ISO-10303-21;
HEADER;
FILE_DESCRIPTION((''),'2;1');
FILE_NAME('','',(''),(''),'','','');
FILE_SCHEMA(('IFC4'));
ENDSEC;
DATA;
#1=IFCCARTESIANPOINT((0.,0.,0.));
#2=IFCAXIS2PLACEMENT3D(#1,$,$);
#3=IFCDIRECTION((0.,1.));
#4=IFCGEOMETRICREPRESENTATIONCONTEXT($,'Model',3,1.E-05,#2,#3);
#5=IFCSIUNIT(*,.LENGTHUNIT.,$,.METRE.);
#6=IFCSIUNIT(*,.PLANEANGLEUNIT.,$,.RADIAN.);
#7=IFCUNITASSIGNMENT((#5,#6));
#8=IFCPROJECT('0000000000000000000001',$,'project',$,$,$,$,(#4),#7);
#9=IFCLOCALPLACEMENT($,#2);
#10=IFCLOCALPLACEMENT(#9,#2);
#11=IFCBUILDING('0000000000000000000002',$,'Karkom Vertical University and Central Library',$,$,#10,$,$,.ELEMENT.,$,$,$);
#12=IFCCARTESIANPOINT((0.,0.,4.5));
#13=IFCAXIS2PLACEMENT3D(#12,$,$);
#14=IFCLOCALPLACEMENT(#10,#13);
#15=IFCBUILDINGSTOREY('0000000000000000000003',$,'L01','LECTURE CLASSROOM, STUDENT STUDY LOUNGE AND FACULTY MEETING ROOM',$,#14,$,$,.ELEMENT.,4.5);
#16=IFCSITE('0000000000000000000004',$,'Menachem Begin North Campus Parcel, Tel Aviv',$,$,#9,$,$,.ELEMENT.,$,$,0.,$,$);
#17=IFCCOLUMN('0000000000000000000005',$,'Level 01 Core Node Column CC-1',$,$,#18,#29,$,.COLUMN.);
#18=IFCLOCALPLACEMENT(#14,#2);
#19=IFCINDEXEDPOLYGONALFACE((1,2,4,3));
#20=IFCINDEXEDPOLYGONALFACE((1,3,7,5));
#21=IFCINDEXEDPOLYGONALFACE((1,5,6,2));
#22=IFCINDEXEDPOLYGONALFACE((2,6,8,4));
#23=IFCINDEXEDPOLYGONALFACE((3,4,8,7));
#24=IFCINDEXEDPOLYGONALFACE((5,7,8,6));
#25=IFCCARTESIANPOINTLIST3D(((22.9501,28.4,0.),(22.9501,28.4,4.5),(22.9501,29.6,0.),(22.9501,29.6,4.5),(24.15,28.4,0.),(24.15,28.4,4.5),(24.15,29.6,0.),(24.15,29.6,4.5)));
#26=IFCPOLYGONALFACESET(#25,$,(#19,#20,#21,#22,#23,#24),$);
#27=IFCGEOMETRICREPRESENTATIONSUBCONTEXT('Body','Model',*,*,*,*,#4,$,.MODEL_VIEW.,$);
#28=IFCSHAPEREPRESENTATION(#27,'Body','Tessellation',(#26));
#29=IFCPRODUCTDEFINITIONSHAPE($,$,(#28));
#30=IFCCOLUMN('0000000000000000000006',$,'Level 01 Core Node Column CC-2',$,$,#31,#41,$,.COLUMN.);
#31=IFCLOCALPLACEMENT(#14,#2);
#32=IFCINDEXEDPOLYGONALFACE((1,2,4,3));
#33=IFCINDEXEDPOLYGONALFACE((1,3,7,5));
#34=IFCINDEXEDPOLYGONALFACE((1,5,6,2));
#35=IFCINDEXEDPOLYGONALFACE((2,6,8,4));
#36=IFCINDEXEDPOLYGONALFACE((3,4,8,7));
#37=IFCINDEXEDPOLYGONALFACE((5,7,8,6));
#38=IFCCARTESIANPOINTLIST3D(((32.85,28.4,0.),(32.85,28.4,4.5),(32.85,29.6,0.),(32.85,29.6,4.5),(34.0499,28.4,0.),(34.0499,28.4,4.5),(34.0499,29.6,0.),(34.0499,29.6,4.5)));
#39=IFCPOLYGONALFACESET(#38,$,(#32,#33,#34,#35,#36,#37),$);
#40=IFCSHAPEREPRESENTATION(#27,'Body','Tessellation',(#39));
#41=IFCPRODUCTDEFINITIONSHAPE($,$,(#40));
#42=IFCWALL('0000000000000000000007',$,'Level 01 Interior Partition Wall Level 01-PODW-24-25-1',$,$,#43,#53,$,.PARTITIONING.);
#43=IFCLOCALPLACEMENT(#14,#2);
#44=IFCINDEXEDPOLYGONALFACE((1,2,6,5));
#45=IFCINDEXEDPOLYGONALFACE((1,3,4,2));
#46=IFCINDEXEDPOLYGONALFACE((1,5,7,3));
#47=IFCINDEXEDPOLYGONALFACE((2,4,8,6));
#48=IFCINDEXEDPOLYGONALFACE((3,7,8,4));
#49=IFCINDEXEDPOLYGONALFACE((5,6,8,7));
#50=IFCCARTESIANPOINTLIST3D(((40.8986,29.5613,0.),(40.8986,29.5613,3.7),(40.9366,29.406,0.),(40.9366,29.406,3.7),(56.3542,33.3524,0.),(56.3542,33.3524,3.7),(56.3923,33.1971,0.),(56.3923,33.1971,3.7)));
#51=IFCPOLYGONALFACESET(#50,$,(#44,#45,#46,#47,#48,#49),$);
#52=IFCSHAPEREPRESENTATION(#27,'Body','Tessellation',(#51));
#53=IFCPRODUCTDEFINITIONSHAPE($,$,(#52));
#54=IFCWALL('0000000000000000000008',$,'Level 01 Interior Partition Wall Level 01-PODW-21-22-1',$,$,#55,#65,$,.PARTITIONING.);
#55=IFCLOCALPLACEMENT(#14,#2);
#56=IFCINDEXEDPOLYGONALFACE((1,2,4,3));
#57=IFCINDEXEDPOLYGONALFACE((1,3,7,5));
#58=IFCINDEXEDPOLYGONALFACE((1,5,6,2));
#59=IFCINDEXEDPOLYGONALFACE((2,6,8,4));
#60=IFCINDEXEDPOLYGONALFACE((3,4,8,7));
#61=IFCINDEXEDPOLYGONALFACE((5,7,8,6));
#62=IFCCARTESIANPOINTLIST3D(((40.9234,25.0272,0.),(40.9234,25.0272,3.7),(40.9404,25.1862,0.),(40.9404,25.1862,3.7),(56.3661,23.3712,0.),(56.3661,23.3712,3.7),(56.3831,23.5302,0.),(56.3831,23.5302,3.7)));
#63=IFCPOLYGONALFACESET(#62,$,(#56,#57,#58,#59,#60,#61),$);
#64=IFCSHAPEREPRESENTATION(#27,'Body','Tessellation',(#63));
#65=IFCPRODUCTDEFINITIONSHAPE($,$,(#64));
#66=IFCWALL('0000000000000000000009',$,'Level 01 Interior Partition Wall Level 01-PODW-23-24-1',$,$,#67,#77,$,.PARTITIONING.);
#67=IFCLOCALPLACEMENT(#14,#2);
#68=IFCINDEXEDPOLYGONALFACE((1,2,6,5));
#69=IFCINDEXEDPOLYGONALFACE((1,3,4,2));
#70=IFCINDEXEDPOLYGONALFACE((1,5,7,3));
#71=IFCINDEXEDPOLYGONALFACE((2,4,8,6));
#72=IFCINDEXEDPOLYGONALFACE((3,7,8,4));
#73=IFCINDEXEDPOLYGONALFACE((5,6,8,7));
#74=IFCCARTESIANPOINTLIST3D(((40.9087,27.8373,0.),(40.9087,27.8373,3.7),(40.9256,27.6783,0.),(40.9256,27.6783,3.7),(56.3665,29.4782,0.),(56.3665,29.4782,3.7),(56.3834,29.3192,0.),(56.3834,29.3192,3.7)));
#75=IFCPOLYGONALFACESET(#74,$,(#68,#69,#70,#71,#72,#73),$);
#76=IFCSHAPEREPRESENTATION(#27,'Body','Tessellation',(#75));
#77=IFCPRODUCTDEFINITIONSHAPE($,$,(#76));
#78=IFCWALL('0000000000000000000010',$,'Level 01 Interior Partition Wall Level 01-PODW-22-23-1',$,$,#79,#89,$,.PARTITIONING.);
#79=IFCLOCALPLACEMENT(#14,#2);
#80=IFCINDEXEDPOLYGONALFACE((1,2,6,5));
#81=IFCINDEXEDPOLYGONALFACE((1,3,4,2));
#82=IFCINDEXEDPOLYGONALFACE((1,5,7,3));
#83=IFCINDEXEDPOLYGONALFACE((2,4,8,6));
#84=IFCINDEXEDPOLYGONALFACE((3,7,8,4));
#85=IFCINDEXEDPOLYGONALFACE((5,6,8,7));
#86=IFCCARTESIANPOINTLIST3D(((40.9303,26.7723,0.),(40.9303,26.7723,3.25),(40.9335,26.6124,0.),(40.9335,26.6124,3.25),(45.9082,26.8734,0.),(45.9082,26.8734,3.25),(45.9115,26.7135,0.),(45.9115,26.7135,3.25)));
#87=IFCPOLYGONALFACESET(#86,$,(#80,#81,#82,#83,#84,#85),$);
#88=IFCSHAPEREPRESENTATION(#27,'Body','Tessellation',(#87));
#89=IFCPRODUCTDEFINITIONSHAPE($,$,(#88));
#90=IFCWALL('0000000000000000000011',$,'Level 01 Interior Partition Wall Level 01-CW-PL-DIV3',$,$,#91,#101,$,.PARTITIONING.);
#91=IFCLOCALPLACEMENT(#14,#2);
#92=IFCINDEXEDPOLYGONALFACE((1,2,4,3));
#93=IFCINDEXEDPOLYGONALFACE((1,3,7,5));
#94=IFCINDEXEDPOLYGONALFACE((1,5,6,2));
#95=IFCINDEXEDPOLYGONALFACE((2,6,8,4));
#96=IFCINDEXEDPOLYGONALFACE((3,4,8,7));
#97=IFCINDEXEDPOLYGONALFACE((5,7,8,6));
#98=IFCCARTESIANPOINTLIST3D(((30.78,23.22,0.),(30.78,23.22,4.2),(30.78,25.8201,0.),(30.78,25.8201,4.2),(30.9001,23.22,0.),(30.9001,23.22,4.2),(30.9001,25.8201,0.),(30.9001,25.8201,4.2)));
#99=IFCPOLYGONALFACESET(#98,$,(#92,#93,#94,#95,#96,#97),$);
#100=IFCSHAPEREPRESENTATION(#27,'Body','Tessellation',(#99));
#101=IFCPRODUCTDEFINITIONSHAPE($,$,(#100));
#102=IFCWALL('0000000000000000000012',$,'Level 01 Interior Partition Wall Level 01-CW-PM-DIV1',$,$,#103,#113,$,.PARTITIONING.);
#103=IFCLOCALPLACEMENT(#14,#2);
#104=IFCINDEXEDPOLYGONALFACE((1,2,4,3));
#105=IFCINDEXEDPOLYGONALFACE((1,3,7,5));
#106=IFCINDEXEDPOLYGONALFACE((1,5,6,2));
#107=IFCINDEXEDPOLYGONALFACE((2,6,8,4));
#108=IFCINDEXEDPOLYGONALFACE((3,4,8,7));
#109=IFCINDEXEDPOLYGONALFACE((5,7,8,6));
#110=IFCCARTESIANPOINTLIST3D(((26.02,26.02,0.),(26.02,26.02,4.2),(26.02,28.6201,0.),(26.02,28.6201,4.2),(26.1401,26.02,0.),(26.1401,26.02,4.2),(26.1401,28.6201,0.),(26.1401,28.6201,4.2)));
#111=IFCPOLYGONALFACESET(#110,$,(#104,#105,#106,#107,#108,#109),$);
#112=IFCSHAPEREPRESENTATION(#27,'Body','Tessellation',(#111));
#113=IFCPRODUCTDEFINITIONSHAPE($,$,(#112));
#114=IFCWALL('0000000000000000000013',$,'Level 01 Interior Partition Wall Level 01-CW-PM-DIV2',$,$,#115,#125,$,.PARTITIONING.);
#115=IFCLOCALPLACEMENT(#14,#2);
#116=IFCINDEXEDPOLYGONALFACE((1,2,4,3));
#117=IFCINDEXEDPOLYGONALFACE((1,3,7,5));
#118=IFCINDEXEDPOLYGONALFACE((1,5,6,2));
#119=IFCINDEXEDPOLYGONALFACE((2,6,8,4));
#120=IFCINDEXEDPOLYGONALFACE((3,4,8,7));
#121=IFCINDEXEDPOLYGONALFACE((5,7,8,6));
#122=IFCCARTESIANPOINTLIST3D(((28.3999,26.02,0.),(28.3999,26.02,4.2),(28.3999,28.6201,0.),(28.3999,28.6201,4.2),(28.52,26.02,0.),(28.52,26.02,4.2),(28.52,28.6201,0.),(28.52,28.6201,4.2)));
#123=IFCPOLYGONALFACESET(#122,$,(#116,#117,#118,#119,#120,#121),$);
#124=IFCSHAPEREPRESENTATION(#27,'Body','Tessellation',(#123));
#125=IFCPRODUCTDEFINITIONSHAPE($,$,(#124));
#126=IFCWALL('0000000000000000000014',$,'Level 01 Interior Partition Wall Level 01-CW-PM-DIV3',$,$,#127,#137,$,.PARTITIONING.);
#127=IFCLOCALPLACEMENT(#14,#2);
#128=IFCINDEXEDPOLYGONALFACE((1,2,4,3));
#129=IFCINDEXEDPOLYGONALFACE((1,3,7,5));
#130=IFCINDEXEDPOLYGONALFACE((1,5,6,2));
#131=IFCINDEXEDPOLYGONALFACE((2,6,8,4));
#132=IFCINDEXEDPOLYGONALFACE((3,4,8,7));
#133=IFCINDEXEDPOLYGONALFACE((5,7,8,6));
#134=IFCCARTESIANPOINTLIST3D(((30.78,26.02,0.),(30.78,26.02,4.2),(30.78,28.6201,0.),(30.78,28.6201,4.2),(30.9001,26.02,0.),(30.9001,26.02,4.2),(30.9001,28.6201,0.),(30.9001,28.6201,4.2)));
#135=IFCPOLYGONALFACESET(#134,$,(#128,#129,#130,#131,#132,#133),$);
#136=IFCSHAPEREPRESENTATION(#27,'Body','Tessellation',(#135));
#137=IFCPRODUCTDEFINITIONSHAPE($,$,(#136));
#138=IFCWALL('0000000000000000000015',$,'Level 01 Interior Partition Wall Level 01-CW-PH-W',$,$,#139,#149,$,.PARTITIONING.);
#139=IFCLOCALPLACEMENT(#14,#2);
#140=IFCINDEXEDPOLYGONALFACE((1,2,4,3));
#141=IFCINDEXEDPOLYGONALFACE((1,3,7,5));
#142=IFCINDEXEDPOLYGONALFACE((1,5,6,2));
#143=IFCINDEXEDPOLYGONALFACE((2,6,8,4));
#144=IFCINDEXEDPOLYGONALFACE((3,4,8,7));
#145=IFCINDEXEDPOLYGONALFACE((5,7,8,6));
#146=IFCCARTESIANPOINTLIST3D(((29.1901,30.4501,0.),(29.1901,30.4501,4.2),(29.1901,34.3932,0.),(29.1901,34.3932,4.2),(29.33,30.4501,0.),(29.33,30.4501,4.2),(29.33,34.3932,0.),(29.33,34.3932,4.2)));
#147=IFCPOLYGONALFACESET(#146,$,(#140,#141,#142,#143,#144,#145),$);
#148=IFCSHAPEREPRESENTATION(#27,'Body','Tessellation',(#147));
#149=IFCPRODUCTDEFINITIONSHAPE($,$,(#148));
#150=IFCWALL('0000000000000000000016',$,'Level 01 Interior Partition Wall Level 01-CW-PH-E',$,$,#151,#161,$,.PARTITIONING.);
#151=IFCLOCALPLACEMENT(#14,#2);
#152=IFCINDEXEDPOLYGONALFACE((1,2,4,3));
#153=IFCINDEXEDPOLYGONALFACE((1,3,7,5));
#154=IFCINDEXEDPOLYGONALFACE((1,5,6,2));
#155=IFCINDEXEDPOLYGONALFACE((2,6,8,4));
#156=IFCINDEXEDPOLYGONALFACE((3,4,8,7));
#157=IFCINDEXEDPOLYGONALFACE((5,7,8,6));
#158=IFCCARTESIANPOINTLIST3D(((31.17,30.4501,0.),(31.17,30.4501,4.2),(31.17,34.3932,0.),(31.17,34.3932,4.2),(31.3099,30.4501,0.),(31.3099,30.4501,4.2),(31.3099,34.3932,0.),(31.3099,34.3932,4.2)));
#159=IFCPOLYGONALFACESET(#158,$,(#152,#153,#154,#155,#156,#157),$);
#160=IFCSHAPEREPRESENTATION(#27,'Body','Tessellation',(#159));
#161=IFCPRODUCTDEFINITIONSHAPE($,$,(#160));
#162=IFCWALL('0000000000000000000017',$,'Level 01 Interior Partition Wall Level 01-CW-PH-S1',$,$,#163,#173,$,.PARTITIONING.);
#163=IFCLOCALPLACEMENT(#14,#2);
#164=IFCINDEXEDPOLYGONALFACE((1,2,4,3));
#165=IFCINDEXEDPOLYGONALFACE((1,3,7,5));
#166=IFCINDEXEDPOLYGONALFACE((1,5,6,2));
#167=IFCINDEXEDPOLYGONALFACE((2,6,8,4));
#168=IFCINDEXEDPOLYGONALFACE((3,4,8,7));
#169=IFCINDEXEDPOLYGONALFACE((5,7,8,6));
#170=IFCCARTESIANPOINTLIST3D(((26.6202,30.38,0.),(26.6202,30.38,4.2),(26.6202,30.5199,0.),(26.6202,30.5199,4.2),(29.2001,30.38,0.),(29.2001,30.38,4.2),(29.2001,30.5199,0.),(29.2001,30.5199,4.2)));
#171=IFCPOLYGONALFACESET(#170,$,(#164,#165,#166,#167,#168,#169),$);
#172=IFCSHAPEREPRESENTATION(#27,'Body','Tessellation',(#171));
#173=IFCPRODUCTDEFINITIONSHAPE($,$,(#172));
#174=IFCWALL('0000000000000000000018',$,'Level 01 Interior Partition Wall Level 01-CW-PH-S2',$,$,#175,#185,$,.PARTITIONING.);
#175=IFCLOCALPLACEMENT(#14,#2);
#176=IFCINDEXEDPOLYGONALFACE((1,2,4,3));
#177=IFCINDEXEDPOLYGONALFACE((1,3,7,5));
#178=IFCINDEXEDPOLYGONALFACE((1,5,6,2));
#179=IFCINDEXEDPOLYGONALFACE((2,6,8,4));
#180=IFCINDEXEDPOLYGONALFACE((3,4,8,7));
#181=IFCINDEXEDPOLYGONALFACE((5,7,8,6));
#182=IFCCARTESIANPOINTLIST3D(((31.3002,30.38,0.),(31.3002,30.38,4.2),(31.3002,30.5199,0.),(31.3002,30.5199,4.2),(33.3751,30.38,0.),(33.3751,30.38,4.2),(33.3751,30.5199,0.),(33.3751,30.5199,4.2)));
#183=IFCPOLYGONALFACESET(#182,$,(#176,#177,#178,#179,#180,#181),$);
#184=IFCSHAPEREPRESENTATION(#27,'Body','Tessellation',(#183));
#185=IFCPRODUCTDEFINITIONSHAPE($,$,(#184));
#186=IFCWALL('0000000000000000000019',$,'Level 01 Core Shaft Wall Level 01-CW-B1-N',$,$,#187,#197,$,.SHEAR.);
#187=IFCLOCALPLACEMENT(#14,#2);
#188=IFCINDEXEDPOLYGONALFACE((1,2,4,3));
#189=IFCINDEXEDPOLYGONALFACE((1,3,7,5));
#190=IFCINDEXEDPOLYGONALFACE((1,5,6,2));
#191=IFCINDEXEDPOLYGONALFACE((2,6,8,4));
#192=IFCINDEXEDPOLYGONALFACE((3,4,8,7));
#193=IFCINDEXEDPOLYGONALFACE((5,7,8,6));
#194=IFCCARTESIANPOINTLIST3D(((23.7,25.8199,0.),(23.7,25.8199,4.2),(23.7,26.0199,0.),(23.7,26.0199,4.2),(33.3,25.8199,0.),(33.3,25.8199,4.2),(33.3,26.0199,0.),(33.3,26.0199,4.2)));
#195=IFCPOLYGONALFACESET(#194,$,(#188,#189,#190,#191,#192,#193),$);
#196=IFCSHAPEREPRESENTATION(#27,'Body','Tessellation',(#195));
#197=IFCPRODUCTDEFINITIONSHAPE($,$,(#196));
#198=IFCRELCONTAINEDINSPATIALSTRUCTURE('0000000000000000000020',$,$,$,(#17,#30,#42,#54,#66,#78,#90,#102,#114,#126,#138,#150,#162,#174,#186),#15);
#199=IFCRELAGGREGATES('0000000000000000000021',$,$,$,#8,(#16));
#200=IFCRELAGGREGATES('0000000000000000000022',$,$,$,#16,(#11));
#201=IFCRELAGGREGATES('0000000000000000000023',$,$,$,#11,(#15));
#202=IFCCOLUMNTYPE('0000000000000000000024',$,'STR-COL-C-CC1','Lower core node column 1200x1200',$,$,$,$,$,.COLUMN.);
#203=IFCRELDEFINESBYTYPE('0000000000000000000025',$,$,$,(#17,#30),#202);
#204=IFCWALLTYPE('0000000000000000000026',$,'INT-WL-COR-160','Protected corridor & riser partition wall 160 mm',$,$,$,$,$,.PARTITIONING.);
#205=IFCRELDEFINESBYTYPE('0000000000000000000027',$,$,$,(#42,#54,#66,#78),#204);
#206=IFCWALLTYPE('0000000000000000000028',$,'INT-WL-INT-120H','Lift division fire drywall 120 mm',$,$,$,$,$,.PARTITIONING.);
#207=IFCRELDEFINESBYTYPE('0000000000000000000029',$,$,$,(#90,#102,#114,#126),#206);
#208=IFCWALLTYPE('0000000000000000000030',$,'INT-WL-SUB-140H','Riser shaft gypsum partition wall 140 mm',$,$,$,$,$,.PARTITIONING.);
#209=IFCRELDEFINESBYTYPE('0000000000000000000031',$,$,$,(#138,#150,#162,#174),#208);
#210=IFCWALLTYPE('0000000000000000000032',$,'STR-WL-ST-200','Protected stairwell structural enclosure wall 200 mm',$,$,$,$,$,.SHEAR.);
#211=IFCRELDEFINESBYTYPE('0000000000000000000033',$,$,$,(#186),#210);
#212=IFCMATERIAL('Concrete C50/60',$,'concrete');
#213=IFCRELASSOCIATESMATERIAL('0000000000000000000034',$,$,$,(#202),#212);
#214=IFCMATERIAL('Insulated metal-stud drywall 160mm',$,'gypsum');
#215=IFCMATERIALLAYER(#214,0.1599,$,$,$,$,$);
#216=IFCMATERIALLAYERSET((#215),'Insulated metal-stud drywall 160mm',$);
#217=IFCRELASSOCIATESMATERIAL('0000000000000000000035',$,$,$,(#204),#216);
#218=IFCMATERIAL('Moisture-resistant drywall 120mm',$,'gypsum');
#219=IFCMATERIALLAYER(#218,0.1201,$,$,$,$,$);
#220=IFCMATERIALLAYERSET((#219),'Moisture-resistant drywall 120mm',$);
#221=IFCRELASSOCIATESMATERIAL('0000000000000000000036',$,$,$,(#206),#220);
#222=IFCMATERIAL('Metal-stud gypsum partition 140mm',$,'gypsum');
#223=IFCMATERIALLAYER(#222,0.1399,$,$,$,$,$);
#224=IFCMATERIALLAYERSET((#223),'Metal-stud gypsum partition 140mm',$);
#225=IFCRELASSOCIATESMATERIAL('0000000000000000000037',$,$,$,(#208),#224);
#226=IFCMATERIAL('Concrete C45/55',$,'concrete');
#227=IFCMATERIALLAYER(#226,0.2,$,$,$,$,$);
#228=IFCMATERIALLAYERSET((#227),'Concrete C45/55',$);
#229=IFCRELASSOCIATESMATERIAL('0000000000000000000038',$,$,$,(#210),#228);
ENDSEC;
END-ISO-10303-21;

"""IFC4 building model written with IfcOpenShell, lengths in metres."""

from ifc_helpers import new_model, si_unit, direction, frame, frame_2d, origin, origin_with_axes, origin_2d, place, context, subcontext, project, spatial, rectangle, extrude, source, transform, mapped, material, layer, layer_set, material_profile, profile_set, type_object, element, save


model = new_model("IFC4")

# Units and contexts
model_context = context("Model", 3, precision=1e-05, world=origin(), true_north=direction((0.0, 1.0)))
body_context = subcontext(model_context, "Body", "Model", "MODEL_VIEW")
ifc_project = project(units=[si_unit("LENGTHUNIT", "METRE"), si_unit("PLANEANGLEUNIT", "RADIAN")], contexts=[model_context])

# Site, building, storey
site_placement = place(None, origin())
site = spatial("IfcSite", under=ifc_project, at=site_placement, Name="Menachem Begin North Campus Parcel, Tel Aviv", CompositionType="ELEMENT", RefElevation=0.0)
building_placement = place(site_placement, origin())
building = spatial("IfcBuilding", under=site, at=building_placement, Name="Karkom Vertical University and Central Library", CompositionType="ELEMENT")
storey_placement = place(building_placement, frame((0.0, 0.0, 4.5)))
storey = spatial("IfcBuildingStorey", under=building, at=storey_placement, Name="L01", Description="LECTURE CLASSROOM, STUDENT STUDY LOUNGE AND FACULTY MEETING ROOM", CompositionType="ELEMENT", Elevation=4.5)

# Columns
ifc_material_1 = material(Name="Concrete C50/60", Category="concrete")
ifc_material_profile = material_profile(ifc_material_1, rectangle(XDim=1.2, YDim=1.2, at=origin_2d()), Name="RC-1200x1200")
ifc_profile_set = profile_set([ifc_material_profile], Name="Concrete C50/60")
column_type = type_object("IfcColumnType", Name="STR-COL-C-CC1", Description="Lower core node column 1200x1200", PredefinedType="COLUMN", material=ifc_profile_set)
shared_shape = source(origin_with_axes(), body_context, "Body", "SweptSolid", [
    extrude(rectangle(XDim=1.2, YDim=1.2, at=origin_2d()), origin(), (0.0, 0.0, 1.0), 4.5),
])
for number, where, z_axis, x_axis, name in (
    (1, (23.55, 29.0, 0.0), (0.0, 0.0, 1.0), (1.0, 0.0, 0.0), "Level 01 Core Node Column CC-1"),
    (2, (33.45, 29.0, 0.0), (0.0, 0.0, 1.0), (1.0, 0.0, 0.0), "Level 01 Core Node Column CC-2"),
):
    element("IfcColumn", number, at=place(storey_placement, frame(where, z_axis=z_axis, x_axis=x_axis)), inside=storey, type_object=column_type, Name=name, PredefinedType="COLUMN", context=body_context, shape_type="MappedRepresentation", body=[
        mapped(shared_shape, transform((0.0, 0.0, 0.0), scale=1.0)),
    ])

# Walls
ifc_material_2 = material(Name="Insulated metal-stud drywall 160mm", Category="gypsum")
ifc_layer_1 = layer(ifc_material_2, 0.1599)
ifc_layer_set_1 = layer_set([ifc_layer_1], Name="Insulated metal-stud drywall 160mm")
wall_type_1 = type_object("IfcWallType", Name="INT-WL-COR-160", Description="Protected corridor & riser partition wall 160 mm", PredefinedType="PARTITIONING", material=ifc_layer_set_1)
wall_1_placement = place(storey_placement, frame((40.9175, 29.4836, 0.0), z_axis=(0.0, 0.0, 1.0), x_axis=(0.97121, 0.238223, 0.0)))
element("IfcWall", 3, at=wall_1_placement, inside=storey, type_object=wall_type_1, Name="Level 01 Interior Partition Wall Level 01-PODW-24-25-1", PredefinedType="PARTITIONING", context=body_context, shape_type="SweptSolid", body=[
    extrude(rectangle(XDim=15.9138, YDim=0.1599, at=frame_2d((7.957, 0.0))), origin(), (0.0, 0.0, 1.0), 3.7),
])
wall_2_placement = place(storey_placement, frame((40.9319, 25.1067, 0.0), z_axis=(0.0, 0.0, 1.0), x_axis=(0.994299, -0.106625, 0.0)))
element("IfcWall", 4, at=wall_2_placement, inside=storey, type_object=wall_type_1, Name="Level 01 Interior Partition Wall Level 01-PODW-21-22-1", PredefinedType="PARTITIONING", context=body_context, shape_type="SweptSolid", body=[
    extrude(rectangle(XDim=15.5312, YDim=0.1599, at=frame_2d((7.7656, 0.0))), origin(), (0.0, 0.0, 1.0), 3.7),
])
wall_3_placement = place(storey_placement, frame((40.917, 27.7578, 0.0), z_axis=(0.0, 0.0, 1.0), x_axis=(0.994413, 0.105559, 0.0)))
element("IfcWall", 5, at=wall_3_placement, inside=storey, type_object=wall_type_1, Name="Level 01 Interior Partition Wall Level 01-PODW-23-24-1", PredefinedType="PARTITIONING", context=body_context, shape_type="SweptSolid", body=[
    extrude(rectangle(XDim=15.5447, YDim=0.1599, at=frame_2d((7.7725, 0.0))), origin(), (0.0, 0.0, 1.0), 3.7),
])
wall_4_placement = place(storey_placement, frame((40.9319, 26.6924, 0.0), z_axis=(0.0, 0.0, 1.0), x_axis=(0.999794, 0.0203, 0.0)))
element("IfcWall", 6, at=wall_4_placement, inside=storey, type_object=wall_type_1, Name="Level 01 Interior Partition Wall Level 01-PODW-22-23-1", PredefinedType="PARTITIONING", context=body_context, shape_type="SweptSolid", body=[
    extrude(rectangle(XDim=4.979, YDim=0.1599, at=frame_2d((2.4895, 0.0))), origin(), (0.0, 0.0, 1.0), 3.25),
])
ifc_material_3 = material(Name="Moisture-resistant drywall 120mm", Category="gypsum")
ifc_layer_2 = layer(ifc_material_3, 0.1201)
ifc_layer_set_2 = layer_set([ifc_layer_2], Name="Moisture-resistant drywall 120mm")
wall_type_2 = type_object("IfcWallType", Name="INT-WL-INT-120H", Description="Lift division fire drywall 120 mm", PredefinedType="PARTITIONING", material=ifc_layer_set_2)
for number, where, z_axis, x_axis, name in (
    (7, (30.8401, 23.22, 0.0), (0.0, 0.0, 1.0), (0.0, 1.0, 0.0), "Level 01 Interior Partition Wall Level 01-CW-PL-DIV3"),
    (8, (26.0801, 26.02, 0.0), (0.0, 0.0, 1.0), (0.0, 1.0, 0.0), "Level 01 Interior Partition Wall Level 01-CW-PM-DIV1"),
    (9, (28.46, 26.02, 0.0), (0.0, 0.0, 1.0), (0.0, 1.0, 0.0), "Level 01 Interior Partition Wall Level 01-CW-PM-DIV2"),
    (10, (30.8401, 26.02, 0.0), (0.0, 0.0, 1.0), (0.0, 1.0, 0.0), "Level 01 Interior Partition Wall Level 01-CW-PM-DIV3"),
):
    element("IfcWall", number, at=place(storey_placement, frame(where, z_axis=z_axis, x_axis=x_axis)), inside=storey, type_object=wall_type_2, Name=name, PredefinedType="PARTITIONING", context=body_context, shape_type="SweptSolid", body=[
        extrude(rectangle(XDim=2.6001, YDim=0.1201, at=frame_2d((1.3, 0.0))), origin(), (0.0, 0.0, 1.0), 4.2),
    ])
ifc_material_4 = material(Name="Metal-stud gypsum partition 140mm", Category="gypsum")
ifc_layer_3 = layer(ifc_material_4, 0.1399)
ifc_layer_set_3 = layer_set([ifc_layer_3], Name="Metal-stud gypsum partition 140mm")
wall_type_3 = type_object("IfcWallType", Name="INT-WL-SUB-140H", Description="Riser shaft gypsum partition wall 140 mm", PredefinedType="PARTITIONING", material=ifc_layer_set_3)
for number, where, z_axis, x_axis, name in (
    (11, (29.26, 30.45, 0.0), (0.0, 0.0, 1.0), (0.0, 1.0, 0.0), "Level 01 Interior Partition Wall Level 01-CW-PH-W"),
    (12, (31.24, 30.45, 0.0), (0.0, 0.0, 1.0), (0.0, 1.0, 0.0), "Level 01 Interior Partition Wall Level 01-CW-PH-E"),
):
    element("IfcWall", number, at=place(storey_placement, frame(where, z_axis=z_axis, x_axis=x_axis)), inside=storey, type_object=wall_type_3, Name=name, PredefinedType="PARTITIONING", context=body_context, shape_type="SweptSolid", body=[
        extrude(rectangle(XDim=3.9431, YDim=0.1399, at=frame_2d((1.9717, 0.0))), origin(), (0.0, 0.0, 1.0), 4.2),
    ])
wall_5_placement = place(storey_placement, frame((26.6201, 30.45, 0.0), z_axis=(0.0, 0.0, 1.0), x_axis=(1.0, 0.0, 0.0)))
element("IfcWall", 13, at=wall_5_placement, inside=storey, type_object=wall_type_3, Name="Level 01 Interior Partition Wall Level 01-CW-PH-S1", PredefinedType="PARTITIONING", context=body_context, shape_type="SweptSolid", body=[
    extrude(rectangle(XDim=2.5798, YDim=0.1399, at=frame_2d((1.29, 0.0))), origin(), (0.0, 0.0, 1.0), 4.2),
])
wall_6_placement = place(storey_placement, frame((31.3, 30.45, 0.0), z_axis=(0.0, 0.0, 1.0), x_axis=(1.0, 0.0, 0.0)))
element("IfcWall", 14, at=wall_6_placement, inside=storey, type_object=wall_type_3, Name="Level 01 Interior Partition Wall Level 01-CW-PH-S2", PredefinedType="PARTITIONING", context=body_context, shape_type="SweptSolid", body=[
    extrude(rectangle(XDim=2.075, YDim=0.1399, at=frame_2d((1.0376, 0.0))), origin(), (0.0, 0.0, 1.0), 4.2),
])
ifc_material_5 = material(Name="Concrete C45/55", Category="concrete")
ifc_layer_4 = layer(ifc_material_5, 0.2)
ifc_layer_set_4 = layer_set([ifc_layer_4], Name="Concrete C45/55")
wall_type_4 = type_object("IfcWallType", Name="STR-WL-ST-200", Description="Protected stairwell structural enclosure wall 200 mm", PredefinedType="SHEAR", material=ifc_layer_set_4)
for number, where, z_axis, x_axis, name in (
    (15, (23.7, 25.9199, 0.0), (0.0, 0.0, 1.0), (1.0, 0.0, 0.0), "Level 01 Core Shaft Wall Level 01-CW-B1-N"),
):
    element("IfcWall", number, at=place(storey_placement, frame(where, z_axis=z_axis, x_axis=x_axis)), inside=storey, type_object=wall_type_4, Name=name, PredefinedType="SHEAR", context=body_context, shape_type="SweptSolid", body=[
        extrude(rectangle(XDim=9.6001, YDim=0.2, at=frame_2d((4.8, 0.0))), origin(), (0.0, 0.0, 1.0), 4.2),
    ])

save(model, "model.ifc")
